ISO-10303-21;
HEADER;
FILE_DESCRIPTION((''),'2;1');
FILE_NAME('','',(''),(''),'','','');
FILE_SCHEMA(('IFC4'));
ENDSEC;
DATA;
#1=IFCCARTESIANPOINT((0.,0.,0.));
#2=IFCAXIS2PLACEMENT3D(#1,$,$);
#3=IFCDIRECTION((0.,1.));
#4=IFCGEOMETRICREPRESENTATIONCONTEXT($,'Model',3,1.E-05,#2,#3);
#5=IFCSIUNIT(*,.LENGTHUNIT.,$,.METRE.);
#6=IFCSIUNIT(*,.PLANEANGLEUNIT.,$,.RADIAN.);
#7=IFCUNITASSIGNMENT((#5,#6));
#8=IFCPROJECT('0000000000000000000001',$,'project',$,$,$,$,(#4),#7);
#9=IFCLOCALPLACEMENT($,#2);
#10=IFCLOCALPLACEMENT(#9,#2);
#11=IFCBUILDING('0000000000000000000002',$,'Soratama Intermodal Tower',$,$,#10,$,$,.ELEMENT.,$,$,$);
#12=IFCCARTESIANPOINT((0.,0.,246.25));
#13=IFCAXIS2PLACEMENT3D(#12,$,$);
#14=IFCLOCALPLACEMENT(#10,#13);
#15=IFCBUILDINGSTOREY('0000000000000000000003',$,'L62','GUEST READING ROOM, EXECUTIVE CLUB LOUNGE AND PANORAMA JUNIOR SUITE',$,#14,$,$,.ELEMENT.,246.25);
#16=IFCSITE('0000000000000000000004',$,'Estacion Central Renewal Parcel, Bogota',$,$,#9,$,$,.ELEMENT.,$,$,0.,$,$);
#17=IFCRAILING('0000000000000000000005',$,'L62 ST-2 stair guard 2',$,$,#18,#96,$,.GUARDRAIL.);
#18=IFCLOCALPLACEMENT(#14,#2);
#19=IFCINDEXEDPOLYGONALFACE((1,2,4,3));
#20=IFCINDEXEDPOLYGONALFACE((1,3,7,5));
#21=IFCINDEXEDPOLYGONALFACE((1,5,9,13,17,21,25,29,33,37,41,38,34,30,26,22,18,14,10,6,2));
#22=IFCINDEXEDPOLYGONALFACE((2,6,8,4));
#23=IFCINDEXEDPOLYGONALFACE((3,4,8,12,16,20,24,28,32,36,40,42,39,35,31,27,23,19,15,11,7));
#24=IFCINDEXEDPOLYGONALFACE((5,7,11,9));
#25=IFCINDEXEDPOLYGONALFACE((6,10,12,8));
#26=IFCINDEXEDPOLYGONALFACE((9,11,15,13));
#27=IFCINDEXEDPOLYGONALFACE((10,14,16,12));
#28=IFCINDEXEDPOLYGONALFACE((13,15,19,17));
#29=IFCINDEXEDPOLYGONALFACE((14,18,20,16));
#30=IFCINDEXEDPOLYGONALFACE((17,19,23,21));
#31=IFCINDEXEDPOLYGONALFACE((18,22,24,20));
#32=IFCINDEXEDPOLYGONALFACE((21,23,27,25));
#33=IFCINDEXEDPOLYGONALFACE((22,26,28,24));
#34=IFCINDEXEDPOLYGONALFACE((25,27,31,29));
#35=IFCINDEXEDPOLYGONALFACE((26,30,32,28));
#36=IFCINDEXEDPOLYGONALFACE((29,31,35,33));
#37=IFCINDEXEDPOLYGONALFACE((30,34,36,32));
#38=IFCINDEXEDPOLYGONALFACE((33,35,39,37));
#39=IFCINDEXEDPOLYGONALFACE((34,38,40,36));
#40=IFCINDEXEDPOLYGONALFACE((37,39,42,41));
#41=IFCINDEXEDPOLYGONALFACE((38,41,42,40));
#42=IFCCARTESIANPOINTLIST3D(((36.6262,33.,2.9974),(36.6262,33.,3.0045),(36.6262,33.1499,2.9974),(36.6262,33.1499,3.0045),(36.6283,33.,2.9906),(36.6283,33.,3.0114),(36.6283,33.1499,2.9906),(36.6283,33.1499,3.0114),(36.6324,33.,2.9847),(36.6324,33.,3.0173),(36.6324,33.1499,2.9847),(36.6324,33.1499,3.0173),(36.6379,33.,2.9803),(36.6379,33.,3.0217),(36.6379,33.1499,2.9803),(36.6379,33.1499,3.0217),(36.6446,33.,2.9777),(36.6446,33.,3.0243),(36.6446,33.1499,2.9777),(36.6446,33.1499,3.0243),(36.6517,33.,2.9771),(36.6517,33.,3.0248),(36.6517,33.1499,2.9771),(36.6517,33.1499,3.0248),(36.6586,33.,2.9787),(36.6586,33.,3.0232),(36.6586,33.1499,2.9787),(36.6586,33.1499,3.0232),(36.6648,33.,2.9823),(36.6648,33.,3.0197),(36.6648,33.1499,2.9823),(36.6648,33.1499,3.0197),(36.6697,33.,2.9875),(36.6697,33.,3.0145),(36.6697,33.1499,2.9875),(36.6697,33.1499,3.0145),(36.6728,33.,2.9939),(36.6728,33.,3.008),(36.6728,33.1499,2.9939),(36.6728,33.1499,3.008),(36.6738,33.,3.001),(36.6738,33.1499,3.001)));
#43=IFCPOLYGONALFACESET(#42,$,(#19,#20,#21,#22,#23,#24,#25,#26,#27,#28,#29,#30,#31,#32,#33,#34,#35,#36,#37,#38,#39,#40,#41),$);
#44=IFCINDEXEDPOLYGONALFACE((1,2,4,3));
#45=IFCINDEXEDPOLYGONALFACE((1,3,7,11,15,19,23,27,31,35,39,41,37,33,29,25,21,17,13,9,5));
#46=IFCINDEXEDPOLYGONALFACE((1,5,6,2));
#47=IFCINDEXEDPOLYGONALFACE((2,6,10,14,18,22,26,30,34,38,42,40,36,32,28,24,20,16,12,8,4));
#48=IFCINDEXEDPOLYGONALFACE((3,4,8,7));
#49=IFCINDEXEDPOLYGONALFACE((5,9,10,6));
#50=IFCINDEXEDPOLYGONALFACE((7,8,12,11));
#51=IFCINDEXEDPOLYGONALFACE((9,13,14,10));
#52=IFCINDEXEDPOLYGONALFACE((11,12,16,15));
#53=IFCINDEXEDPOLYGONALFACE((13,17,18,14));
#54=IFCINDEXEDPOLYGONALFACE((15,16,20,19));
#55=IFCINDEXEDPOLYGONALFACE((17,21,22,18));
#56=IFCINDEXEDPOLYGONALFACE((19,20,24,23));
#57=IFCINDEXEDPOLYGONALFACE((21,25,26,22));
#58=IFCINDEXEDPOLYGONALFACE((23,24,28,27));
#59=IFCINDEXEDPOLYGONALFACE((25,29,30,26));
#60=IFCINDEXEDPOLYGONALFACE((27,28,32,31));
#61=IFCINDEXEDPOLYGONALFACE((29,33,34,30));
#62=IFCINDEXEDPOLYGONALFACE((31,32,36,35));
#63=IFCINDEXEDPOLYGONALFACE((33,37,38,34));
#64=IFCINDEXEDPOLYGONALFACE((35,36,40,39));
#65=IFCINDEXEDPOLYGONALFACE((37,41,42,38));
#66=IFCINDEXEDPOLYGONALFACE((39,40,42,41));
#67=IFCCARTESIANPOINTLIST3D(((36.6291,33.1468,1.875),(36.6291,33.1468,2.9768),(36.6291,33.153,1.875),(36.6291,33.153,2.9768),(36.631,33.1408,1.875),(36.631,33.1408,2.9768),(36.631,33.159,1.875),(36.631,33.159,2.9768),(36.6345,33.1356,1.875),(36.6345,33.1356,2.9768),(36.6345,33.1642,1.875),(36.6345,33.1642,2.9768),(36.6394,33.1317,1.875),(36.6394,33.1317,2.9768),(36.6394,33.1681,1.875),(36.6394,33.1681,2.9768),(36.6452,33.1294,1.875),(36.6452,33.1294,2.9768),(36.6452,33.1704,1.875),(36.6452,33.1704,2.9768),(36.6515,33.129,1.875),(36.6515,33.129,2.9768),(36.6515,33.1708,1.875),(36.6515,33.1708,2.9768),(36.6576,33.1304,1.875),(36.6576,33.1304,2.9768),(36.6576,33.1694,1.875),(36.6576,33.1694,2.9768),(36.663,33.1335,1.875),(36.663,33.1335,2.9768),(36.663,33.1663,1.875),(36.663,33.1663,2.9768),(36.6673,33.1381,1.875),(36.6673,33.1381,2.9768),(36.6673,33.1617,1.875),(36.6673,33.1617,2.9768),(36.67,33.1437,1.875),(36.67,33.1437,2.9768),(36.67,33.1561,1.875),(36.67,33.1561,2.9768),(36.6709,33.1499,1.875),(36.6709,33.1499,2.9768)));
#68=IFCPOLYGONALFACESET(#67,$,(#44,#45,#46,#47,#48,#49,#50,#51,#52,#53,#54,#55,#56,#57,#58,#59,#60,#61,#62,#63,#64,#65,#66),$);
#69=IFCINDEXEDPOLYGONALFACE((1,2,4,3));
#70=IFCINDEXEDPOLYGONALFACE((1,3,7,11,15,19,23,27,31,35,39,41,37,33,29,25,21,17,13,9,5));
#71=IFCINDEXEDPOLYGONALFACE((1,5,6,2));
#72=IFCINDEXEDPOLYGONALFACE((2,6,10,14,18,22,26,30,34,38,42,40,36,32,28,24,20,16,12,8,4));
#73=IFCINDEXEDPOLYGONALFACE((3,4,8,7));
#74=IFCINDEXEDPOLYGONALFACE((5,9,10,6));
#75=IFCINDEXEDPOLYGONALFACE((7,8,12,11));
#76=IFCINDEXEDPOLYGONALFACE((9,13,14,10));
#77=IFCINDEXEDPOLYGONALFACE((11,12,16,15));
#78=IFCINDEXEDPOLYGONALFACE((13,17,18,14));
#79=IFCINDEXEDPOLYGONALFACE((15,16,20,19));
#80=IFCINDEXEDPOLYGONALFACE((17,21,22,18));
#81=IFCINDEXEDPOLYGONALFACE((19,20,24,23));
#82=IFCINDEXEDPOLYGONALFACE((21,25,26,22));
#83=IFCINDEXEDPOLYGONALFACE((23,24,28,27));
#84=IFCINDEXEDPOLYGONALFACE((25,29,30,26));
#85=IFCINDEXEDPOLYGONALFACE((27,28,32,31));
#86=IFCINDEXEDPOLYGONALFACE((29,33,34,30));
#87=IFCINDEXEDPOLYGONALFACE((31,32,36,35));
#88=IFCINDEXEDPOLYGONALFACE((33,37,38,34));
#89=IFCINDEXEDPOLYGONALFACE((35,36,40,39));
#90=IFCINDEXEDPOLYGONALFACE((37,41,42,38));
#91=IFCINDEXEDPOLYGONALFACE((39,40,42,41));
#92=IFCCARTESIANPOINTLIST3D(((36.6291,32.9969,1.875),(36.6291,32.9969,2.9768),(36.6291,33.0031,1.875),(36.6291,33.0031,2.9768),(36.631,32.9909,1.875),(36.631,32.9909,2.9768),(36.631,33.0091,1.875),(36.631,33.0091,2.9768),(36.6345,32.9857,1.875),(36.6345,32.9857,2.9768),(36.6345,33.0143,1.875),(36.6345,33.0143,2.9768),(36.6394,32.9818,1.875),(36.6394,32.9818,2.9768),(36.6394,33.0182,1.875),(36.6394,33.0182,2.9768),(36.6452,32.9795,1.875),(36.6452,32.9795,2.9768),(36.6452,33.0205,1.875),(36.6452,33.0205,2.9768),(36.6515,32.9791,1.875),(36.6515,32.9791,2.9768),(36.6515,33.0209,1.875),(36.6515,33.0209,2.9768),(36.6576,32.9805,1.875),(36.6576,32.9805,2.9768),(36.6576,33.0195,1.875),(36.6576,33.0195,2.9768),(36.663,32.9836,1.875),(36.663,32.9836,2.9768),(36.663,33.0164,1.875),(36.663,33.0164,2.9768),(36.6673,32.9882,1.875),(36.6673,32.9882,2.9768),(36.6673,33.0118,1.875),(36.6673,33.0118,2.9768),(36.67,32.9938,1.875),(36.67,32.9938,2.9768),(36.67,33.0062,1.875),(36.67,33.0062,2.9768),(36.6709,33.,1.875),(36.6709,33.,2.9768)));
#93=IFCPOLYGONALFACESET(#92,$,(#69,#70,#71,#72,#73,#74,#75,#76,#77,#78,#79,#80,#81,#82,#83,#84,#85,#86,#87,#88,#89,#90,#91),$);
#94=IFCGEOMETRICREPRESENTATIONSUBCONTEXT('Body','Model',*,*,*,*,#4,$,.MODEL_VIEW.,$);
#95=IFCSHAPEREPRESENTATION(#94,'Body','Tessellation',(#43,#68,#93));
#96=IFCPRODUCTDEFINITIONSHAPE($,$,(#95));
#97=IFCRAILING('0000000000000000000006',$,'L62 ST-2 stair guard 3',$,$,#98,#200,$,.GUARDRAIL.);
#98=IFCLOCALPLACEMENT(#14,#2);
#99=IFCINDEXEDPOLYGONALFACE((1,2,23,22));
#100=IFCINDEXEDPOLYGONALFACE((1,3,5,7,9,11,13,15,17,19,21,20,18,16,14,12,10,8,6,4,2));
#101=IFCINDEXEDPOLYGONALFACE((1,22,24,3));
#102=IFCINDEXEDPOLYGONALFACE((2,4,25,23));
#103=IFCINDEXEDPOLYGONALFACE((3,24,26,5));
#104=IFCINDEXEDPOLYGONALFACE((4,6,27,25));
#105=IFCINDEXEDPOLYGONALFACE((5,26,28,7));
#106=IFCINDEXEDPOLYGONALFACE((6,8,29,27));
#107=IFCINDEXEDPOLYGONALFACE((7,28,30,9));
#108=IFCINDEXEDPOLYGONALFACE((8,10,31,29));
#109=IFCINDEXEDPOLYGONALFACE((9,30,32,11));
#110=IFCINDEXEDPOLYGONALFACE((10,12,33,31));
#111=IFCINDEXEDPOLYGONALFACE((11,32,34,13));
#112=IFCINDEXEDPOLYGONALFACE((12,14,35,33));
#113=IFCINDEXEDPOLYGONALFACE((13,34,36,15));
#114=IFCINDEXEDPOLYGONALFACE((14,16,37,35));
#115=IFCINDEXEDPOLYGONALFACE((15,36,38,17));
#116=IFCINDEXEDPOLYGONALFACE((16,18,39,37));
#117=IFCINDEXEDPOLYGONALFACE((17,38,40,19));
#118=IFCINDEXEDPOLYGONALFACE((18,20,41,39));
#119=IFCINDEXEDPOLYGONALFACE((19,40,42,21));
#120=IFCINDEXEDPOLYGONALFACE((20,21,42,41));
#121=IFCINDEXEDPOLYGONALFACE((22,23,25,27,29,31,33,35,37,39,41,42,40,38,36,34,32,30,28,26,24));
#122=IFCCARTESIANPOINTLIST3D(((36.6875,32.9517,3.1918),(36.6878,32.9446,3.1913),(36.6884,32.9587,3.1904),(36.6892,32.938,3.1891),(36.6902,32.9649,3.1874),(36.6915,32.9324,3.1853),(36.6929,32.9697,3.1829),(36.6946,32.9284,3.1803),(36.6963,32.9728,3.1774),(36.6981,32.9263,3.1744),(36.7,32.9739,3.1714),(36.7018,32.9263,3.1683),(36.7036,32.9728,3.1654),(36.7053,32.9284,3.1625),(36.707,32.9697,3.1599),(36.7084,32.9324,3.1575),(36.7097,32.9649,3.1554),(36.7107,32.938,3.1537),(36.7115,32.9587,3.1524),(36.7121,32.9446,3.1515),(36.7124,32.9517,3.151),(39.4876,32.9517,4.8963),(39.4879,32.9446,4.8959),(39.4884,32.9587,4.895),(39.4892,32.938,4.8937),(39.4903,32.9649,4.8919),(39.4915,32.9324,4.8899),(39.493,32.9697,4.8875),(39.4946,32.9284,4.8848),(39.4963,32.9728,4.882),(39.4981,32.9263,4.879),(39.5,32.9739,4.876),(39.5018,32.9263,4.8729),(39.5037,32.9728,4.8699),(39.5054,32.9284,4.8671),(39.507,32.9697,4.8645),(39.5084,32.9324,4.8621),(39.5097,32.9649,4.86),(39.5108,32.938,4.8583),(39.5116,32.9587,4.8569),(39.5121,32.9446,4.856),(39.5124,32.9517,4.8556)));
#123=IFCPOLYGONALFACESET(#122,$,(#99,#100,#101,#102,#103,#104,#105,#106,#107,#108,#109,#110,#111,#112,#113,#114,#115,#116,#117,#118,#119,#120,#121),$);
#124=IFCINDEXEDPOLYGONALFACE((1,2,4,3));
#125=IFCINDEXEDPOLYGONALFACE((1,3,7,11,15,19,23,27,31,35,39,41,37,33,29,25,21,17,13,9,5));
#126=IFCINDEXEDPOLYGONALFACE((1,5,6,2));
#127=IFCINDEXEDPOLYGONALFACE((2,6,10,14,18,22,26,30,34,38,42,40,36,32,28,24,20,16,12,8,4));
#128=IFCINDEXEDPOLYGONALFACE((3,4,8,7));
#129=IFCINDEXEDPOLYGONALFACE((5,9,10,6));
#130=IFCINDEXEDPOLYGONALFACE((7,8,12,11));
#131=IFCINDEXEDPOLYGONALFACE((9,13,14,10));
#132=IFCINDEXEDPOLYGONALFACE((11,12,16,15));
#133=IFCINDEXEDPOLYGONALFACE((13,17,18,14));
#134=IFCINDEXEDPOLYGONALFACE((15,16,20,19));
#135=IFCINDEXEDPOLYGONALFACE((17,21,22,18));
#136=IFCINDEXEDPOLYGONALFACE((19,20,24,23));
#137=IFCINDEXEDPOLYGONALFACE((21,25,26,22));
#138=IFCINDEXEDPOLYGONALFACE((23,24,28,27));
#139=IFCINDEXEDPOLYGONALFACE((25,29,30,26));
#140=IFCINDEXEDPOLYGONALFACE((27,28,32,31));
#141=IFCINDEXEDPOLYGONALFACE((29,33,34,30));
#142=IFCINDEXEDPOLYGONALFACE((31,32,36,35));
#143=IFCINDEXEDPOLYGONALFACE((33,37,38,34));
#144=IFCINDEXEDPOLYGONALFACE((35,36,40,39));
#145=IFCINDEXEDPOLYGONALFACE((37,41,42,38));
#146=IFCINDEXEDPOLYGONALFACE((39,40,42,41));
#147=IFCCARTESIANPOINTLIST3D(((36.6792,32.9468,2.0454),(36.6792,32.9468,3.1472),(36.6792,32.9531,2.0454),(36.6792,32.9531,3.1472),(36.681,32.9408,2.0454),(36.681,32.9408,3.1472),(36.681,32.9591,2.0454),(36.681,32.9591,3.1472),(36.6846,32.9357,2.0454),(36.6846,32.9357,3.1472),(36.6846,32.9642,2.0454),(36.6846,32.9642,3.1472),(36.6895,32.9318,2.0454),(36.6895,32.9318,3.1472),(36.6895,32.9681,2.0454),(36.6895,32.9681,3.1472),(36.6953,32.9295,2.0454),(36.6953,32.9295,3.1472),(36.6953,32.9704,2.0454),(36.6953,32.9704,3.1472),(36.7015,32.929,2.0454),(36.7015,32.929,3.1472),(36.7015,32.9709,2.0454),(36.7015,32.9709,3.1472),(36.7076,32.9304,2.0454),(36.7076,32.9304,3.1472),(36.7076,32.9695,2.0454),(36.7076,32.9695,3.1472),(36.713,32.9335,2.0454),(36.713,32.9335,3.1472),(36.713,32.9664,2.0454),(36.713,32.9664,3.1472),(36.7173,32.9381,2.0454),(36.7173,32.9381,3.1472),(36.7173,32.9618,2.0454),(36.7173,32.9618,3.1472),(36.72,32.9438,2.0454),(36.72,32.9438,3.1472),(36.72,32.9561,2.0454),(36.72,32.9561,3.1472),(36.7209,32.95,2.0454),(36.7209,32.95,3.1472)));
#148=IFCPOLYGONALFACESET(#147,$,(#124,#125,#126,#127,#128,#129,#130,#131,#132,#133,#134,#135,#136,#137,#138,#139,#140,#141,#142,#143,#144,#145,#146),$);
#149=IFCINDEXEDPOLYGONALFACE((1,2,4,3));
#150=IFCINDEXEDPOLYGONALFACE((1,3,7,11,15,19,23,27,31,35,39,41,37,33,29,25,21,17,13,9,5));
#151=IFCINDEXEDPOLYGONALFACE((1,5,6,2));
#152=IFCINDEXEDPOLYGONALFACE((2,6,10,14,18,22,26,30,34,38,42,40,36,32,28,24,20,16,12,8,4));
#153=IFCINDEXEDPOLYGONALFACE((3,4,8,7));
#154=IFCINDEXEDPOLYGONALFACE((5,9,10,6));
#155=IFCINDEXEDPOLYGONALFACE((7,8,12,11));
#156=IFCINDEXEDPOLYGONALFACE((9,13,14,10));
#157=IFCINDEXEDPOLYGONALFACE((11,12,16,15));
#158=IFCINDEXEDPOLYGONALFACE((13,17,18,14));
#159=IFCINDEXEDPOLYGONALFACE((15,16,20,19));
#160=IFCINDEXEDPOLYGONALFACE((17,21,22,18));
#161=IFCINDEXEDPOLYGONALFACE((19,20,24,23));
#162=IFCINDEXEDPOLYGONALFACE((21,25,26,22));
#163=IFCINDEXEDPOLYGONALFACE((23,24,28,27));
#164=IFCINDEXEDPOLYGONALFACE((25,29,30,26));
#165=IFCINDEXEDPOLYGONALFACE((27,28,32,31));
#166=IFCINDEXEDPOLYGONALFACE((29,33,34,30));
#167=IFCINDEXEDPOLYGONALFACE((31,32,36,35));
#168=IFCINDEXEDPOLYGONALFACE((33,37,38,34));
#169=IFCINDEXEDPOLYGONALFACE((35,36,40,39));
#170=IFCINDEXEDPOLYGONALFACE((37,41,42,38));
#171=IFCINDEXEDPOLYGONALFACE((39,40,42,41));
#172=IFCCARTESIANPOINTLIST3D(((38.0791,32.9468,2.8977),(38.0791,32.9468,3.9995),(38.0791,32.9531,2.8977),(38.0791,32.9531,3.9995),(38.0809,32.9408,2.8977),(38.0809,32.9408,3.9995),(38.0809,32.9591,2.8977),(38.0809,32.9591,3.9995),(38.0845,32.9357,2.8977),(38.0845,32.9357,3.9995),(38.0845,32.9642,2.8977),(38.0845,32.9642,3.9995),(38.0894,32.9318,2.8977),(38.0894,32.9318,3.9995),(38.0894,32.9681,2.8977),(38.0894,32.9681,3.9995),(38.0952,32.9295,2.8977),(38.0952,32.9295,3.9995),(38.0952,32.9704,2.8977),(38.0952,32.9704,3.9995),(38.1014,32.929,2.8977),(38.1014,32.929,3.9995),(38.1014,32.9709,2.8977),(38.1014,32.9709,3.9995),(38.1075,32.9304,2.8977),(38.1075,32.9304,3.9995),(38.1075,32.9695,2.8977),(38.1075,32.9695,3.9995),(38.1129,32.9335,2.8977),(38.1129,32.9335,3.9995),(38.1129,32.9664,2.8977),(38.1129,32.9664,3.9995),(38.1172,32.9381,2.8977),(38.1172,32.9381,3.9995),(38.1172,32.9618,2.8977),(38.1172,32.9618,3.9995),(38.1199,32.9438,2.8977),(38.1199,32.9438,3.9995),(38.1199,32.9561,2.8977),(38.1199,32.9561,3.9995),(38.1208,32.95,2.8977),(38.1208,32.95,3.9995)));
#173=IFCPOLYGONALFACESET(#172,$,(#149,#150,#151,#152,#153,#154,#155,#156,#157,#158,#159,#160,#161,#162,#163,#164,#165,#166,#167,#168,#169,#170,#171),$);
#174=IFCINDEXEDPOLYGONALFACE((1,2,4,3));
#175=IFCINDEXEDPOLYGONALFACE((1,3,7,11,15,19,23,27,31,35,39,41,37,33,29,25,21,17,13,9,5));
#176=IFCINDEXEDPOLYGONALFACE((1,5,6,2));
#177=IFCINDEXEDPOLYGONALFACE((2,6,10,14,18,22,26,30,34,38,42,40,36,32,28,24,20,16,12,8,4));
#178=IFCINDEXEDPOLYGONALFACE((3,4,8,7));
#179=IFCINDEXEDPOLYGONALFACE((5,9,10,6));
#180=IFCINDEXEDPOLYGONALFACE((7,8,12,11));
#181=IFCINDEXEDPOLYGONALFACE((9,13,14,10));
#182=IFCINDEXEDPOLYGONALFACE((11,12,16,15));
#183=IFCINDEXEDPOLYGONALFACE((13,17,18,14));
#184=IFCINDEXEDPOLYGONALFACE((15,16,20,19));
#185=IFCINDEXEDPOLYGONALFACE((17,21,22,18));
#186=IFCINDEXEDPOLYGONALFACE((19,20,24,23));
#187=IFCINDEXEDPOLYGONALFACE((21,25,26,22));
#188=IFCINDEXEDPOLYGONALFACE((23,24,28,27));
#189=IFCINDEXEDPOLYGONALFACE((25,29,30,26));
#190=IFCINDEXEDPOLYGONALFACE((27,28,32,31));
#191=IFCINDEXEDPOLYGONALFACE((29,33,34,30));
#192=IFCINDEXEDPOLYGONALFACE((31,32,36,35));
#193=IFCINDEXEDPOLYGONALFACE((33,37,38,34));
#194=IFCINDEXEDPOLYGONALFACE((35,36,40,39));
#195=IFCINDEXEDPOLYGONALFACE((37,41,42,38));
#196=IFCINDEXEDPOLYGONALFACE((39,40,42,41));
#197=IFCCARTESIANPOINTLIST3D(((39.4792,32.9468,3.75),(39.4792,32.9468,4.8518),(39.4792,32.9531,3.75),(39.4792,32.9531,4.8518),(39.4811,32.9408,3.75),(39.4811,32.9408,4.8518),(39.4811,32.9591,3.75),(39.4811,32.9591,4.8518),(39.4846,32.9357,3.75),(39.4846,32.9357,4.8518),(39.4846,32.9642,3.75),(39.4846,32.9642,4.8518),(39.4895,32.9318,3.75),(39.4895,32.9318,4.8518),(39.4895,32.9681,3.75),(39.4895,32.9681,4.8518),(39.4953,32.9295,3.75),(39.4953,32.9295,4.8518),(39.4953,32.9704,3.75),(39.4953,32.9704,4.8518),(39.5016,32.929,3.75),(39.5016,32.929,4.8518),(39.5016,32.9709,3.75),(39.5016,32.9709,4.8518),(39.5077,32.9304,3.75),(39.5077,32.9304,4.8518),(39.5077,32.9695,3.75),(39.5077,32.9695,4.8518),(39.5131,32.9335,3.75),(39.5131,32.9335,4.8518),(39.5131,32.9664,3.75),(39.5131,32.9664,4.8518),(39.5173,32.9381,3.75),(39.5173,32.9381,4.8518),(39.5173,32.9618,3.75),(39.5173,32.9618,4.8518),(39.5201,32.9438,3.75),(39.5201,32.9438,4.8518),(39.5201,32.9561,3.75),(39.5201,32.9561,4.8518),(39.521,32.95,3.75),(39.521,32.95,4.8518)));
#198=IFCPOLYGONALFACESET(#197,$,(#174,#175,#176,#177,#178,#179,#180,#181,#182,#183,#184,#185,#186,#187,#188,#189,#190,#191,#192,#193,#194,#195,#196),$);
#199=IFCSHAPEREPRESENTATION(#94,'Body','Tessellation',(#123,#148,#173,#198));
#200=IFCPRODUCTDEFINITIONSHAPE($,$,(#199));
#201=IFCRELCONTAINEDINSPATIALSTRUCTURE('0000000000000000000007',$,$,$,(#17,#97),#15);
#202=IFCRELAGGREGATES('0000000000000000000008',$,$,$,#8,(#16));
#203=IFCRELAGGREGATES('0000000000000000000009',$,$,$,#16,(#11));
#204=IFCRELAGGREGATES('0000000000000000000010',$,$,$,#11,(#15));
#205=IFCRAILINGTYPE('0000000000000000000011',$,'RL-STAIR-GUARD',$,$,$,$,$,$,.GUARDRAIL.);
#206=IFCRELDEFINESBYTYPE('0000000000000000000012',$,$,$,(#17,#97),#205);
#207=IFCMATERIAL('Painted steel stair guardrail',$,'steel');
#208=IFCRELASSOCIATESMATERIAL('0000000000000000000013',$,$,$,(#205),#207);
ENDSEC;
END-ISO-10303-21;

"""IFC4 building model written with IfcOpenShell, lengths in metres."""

from ifc_helpers import new_model, si_unit, direction, frame, origin, origin_2d, place, context, subcontext, project, spatial, circle, extrude, material, type_object, element, save


model = new_model("IFC4")

# Units and contexts
model_context = context("Model", 3, precision=1e-05, world=origin(), true_north=direction((0.0, 1.0)))
body_context = subcontext(model_context, "Body", "Model", "MODEL_VIEW")
ifc_project = project(units=[si_unit("LENGTHUNIT", "METRE"), si_unit("PLANEANGLEUNIT", "RADIAN")], contexts=[model_context])

# Site, building, storey
site_placement = place(None, origin())
site = spatial("IfcSite", under=ifc_project, at=site_placement, Name="Estacion Central Renewal Parcel, Bogota", CompositionType="ELEMENT", RefElevation=0.0)
building_placement = place(site_placement, origin())
building = spatial("IfcBuilding", under=site, at=building_placement, Name="Soratama Intermodal Tower", CompositionType="ELEMENT")
storey_placement = place(building_placement, frame((0.0, 0.0, 246.25)))
storey = spatial("IfcBuildingStorey", under=building, at=storey_placement, Name="L62", Description="GUEST READING ROOM, EXECUTIVE CLUB LOUNGE AND PANORAMA JUNIOR SUITE", CompositionType="ELEMENT", Elevation=246.25)

# Railings
ifc_material_1 = material(Name="Painted steel stair guardrail", Category="steel")
railing_type_1 = type_object("IfcRailingType", Name="RL-STAIR-GUARD", PredefinedType="GUARDRAIL", material=ifc_material_1)
railing_1_placement = place(storey_placement, frame((36.6499, 33.1499, 1.875)))
element("IfcRailing", 1, at=railing_1_placement, inside=storey, type_object=railing_type_1, Name="L62 ST-2 stair guard 2", PredefinedType="GUARDRAIL", context=body_context, shape_type="SweptSolid", body=[
    extrude(circle(Radius=0.0239, at=origin_2d()), frame((0.0, 0.0, 1.126), z_axis=(0.0, -1.0, 0.0), x_axis=(1.0, 0.0, 0.0)), (0.0, 0.0, 1.0), 0.1499),
    extrude(circle(Radius=0.021, at=origin_2d()), origin(), (0.0, 0.0, 1.0), 1.1018),
    extrude(circle(Radius=0.021, at=origin_2d()), frame((0.0, -0.1499, 0.0)), (0.0, 0.0, 1.0), 1.1018),
])
railing_2_placement = place(storey_placement, frame((36.7, 32.95, 2.0454)))
element("IfcRailing", 2, at=railing_2_placement, inside=storey, type_object=railing_type_1, Name="L62 ST-2 stair guard 3", PredefinedType="GUARDRAIL", context=body_context, shape_type="SweptSolid", body=[
    extrude(circle(Radius=0.0239, at=origin_2d()), frame((0.0, 0.0, 1.126), z_axis=(0.85417, 0.0, 0.519994), x_axis=(0.0, 1.0, 0.0)), (0.0, 0.0, 1.0), 3.2781),
    extrude(circle(Radius=0.021, at=origin_2d()), origin(), (0.0, 0.0, 1.0), 1.1018),
    extrude(circle(Radius=0.021, at=origin_2d()), frame((1.3999, 0.0, 0.8523)), (0.0, 0.0, 1.0), 1.1018),
    extrude(circle(Radius=0.021, at=origin_2d()), frame((2.8, 0.0, 1.7046)), (0.0, 0.0, 1.0), 1.1018),
])

save(model, "model.ifc")
